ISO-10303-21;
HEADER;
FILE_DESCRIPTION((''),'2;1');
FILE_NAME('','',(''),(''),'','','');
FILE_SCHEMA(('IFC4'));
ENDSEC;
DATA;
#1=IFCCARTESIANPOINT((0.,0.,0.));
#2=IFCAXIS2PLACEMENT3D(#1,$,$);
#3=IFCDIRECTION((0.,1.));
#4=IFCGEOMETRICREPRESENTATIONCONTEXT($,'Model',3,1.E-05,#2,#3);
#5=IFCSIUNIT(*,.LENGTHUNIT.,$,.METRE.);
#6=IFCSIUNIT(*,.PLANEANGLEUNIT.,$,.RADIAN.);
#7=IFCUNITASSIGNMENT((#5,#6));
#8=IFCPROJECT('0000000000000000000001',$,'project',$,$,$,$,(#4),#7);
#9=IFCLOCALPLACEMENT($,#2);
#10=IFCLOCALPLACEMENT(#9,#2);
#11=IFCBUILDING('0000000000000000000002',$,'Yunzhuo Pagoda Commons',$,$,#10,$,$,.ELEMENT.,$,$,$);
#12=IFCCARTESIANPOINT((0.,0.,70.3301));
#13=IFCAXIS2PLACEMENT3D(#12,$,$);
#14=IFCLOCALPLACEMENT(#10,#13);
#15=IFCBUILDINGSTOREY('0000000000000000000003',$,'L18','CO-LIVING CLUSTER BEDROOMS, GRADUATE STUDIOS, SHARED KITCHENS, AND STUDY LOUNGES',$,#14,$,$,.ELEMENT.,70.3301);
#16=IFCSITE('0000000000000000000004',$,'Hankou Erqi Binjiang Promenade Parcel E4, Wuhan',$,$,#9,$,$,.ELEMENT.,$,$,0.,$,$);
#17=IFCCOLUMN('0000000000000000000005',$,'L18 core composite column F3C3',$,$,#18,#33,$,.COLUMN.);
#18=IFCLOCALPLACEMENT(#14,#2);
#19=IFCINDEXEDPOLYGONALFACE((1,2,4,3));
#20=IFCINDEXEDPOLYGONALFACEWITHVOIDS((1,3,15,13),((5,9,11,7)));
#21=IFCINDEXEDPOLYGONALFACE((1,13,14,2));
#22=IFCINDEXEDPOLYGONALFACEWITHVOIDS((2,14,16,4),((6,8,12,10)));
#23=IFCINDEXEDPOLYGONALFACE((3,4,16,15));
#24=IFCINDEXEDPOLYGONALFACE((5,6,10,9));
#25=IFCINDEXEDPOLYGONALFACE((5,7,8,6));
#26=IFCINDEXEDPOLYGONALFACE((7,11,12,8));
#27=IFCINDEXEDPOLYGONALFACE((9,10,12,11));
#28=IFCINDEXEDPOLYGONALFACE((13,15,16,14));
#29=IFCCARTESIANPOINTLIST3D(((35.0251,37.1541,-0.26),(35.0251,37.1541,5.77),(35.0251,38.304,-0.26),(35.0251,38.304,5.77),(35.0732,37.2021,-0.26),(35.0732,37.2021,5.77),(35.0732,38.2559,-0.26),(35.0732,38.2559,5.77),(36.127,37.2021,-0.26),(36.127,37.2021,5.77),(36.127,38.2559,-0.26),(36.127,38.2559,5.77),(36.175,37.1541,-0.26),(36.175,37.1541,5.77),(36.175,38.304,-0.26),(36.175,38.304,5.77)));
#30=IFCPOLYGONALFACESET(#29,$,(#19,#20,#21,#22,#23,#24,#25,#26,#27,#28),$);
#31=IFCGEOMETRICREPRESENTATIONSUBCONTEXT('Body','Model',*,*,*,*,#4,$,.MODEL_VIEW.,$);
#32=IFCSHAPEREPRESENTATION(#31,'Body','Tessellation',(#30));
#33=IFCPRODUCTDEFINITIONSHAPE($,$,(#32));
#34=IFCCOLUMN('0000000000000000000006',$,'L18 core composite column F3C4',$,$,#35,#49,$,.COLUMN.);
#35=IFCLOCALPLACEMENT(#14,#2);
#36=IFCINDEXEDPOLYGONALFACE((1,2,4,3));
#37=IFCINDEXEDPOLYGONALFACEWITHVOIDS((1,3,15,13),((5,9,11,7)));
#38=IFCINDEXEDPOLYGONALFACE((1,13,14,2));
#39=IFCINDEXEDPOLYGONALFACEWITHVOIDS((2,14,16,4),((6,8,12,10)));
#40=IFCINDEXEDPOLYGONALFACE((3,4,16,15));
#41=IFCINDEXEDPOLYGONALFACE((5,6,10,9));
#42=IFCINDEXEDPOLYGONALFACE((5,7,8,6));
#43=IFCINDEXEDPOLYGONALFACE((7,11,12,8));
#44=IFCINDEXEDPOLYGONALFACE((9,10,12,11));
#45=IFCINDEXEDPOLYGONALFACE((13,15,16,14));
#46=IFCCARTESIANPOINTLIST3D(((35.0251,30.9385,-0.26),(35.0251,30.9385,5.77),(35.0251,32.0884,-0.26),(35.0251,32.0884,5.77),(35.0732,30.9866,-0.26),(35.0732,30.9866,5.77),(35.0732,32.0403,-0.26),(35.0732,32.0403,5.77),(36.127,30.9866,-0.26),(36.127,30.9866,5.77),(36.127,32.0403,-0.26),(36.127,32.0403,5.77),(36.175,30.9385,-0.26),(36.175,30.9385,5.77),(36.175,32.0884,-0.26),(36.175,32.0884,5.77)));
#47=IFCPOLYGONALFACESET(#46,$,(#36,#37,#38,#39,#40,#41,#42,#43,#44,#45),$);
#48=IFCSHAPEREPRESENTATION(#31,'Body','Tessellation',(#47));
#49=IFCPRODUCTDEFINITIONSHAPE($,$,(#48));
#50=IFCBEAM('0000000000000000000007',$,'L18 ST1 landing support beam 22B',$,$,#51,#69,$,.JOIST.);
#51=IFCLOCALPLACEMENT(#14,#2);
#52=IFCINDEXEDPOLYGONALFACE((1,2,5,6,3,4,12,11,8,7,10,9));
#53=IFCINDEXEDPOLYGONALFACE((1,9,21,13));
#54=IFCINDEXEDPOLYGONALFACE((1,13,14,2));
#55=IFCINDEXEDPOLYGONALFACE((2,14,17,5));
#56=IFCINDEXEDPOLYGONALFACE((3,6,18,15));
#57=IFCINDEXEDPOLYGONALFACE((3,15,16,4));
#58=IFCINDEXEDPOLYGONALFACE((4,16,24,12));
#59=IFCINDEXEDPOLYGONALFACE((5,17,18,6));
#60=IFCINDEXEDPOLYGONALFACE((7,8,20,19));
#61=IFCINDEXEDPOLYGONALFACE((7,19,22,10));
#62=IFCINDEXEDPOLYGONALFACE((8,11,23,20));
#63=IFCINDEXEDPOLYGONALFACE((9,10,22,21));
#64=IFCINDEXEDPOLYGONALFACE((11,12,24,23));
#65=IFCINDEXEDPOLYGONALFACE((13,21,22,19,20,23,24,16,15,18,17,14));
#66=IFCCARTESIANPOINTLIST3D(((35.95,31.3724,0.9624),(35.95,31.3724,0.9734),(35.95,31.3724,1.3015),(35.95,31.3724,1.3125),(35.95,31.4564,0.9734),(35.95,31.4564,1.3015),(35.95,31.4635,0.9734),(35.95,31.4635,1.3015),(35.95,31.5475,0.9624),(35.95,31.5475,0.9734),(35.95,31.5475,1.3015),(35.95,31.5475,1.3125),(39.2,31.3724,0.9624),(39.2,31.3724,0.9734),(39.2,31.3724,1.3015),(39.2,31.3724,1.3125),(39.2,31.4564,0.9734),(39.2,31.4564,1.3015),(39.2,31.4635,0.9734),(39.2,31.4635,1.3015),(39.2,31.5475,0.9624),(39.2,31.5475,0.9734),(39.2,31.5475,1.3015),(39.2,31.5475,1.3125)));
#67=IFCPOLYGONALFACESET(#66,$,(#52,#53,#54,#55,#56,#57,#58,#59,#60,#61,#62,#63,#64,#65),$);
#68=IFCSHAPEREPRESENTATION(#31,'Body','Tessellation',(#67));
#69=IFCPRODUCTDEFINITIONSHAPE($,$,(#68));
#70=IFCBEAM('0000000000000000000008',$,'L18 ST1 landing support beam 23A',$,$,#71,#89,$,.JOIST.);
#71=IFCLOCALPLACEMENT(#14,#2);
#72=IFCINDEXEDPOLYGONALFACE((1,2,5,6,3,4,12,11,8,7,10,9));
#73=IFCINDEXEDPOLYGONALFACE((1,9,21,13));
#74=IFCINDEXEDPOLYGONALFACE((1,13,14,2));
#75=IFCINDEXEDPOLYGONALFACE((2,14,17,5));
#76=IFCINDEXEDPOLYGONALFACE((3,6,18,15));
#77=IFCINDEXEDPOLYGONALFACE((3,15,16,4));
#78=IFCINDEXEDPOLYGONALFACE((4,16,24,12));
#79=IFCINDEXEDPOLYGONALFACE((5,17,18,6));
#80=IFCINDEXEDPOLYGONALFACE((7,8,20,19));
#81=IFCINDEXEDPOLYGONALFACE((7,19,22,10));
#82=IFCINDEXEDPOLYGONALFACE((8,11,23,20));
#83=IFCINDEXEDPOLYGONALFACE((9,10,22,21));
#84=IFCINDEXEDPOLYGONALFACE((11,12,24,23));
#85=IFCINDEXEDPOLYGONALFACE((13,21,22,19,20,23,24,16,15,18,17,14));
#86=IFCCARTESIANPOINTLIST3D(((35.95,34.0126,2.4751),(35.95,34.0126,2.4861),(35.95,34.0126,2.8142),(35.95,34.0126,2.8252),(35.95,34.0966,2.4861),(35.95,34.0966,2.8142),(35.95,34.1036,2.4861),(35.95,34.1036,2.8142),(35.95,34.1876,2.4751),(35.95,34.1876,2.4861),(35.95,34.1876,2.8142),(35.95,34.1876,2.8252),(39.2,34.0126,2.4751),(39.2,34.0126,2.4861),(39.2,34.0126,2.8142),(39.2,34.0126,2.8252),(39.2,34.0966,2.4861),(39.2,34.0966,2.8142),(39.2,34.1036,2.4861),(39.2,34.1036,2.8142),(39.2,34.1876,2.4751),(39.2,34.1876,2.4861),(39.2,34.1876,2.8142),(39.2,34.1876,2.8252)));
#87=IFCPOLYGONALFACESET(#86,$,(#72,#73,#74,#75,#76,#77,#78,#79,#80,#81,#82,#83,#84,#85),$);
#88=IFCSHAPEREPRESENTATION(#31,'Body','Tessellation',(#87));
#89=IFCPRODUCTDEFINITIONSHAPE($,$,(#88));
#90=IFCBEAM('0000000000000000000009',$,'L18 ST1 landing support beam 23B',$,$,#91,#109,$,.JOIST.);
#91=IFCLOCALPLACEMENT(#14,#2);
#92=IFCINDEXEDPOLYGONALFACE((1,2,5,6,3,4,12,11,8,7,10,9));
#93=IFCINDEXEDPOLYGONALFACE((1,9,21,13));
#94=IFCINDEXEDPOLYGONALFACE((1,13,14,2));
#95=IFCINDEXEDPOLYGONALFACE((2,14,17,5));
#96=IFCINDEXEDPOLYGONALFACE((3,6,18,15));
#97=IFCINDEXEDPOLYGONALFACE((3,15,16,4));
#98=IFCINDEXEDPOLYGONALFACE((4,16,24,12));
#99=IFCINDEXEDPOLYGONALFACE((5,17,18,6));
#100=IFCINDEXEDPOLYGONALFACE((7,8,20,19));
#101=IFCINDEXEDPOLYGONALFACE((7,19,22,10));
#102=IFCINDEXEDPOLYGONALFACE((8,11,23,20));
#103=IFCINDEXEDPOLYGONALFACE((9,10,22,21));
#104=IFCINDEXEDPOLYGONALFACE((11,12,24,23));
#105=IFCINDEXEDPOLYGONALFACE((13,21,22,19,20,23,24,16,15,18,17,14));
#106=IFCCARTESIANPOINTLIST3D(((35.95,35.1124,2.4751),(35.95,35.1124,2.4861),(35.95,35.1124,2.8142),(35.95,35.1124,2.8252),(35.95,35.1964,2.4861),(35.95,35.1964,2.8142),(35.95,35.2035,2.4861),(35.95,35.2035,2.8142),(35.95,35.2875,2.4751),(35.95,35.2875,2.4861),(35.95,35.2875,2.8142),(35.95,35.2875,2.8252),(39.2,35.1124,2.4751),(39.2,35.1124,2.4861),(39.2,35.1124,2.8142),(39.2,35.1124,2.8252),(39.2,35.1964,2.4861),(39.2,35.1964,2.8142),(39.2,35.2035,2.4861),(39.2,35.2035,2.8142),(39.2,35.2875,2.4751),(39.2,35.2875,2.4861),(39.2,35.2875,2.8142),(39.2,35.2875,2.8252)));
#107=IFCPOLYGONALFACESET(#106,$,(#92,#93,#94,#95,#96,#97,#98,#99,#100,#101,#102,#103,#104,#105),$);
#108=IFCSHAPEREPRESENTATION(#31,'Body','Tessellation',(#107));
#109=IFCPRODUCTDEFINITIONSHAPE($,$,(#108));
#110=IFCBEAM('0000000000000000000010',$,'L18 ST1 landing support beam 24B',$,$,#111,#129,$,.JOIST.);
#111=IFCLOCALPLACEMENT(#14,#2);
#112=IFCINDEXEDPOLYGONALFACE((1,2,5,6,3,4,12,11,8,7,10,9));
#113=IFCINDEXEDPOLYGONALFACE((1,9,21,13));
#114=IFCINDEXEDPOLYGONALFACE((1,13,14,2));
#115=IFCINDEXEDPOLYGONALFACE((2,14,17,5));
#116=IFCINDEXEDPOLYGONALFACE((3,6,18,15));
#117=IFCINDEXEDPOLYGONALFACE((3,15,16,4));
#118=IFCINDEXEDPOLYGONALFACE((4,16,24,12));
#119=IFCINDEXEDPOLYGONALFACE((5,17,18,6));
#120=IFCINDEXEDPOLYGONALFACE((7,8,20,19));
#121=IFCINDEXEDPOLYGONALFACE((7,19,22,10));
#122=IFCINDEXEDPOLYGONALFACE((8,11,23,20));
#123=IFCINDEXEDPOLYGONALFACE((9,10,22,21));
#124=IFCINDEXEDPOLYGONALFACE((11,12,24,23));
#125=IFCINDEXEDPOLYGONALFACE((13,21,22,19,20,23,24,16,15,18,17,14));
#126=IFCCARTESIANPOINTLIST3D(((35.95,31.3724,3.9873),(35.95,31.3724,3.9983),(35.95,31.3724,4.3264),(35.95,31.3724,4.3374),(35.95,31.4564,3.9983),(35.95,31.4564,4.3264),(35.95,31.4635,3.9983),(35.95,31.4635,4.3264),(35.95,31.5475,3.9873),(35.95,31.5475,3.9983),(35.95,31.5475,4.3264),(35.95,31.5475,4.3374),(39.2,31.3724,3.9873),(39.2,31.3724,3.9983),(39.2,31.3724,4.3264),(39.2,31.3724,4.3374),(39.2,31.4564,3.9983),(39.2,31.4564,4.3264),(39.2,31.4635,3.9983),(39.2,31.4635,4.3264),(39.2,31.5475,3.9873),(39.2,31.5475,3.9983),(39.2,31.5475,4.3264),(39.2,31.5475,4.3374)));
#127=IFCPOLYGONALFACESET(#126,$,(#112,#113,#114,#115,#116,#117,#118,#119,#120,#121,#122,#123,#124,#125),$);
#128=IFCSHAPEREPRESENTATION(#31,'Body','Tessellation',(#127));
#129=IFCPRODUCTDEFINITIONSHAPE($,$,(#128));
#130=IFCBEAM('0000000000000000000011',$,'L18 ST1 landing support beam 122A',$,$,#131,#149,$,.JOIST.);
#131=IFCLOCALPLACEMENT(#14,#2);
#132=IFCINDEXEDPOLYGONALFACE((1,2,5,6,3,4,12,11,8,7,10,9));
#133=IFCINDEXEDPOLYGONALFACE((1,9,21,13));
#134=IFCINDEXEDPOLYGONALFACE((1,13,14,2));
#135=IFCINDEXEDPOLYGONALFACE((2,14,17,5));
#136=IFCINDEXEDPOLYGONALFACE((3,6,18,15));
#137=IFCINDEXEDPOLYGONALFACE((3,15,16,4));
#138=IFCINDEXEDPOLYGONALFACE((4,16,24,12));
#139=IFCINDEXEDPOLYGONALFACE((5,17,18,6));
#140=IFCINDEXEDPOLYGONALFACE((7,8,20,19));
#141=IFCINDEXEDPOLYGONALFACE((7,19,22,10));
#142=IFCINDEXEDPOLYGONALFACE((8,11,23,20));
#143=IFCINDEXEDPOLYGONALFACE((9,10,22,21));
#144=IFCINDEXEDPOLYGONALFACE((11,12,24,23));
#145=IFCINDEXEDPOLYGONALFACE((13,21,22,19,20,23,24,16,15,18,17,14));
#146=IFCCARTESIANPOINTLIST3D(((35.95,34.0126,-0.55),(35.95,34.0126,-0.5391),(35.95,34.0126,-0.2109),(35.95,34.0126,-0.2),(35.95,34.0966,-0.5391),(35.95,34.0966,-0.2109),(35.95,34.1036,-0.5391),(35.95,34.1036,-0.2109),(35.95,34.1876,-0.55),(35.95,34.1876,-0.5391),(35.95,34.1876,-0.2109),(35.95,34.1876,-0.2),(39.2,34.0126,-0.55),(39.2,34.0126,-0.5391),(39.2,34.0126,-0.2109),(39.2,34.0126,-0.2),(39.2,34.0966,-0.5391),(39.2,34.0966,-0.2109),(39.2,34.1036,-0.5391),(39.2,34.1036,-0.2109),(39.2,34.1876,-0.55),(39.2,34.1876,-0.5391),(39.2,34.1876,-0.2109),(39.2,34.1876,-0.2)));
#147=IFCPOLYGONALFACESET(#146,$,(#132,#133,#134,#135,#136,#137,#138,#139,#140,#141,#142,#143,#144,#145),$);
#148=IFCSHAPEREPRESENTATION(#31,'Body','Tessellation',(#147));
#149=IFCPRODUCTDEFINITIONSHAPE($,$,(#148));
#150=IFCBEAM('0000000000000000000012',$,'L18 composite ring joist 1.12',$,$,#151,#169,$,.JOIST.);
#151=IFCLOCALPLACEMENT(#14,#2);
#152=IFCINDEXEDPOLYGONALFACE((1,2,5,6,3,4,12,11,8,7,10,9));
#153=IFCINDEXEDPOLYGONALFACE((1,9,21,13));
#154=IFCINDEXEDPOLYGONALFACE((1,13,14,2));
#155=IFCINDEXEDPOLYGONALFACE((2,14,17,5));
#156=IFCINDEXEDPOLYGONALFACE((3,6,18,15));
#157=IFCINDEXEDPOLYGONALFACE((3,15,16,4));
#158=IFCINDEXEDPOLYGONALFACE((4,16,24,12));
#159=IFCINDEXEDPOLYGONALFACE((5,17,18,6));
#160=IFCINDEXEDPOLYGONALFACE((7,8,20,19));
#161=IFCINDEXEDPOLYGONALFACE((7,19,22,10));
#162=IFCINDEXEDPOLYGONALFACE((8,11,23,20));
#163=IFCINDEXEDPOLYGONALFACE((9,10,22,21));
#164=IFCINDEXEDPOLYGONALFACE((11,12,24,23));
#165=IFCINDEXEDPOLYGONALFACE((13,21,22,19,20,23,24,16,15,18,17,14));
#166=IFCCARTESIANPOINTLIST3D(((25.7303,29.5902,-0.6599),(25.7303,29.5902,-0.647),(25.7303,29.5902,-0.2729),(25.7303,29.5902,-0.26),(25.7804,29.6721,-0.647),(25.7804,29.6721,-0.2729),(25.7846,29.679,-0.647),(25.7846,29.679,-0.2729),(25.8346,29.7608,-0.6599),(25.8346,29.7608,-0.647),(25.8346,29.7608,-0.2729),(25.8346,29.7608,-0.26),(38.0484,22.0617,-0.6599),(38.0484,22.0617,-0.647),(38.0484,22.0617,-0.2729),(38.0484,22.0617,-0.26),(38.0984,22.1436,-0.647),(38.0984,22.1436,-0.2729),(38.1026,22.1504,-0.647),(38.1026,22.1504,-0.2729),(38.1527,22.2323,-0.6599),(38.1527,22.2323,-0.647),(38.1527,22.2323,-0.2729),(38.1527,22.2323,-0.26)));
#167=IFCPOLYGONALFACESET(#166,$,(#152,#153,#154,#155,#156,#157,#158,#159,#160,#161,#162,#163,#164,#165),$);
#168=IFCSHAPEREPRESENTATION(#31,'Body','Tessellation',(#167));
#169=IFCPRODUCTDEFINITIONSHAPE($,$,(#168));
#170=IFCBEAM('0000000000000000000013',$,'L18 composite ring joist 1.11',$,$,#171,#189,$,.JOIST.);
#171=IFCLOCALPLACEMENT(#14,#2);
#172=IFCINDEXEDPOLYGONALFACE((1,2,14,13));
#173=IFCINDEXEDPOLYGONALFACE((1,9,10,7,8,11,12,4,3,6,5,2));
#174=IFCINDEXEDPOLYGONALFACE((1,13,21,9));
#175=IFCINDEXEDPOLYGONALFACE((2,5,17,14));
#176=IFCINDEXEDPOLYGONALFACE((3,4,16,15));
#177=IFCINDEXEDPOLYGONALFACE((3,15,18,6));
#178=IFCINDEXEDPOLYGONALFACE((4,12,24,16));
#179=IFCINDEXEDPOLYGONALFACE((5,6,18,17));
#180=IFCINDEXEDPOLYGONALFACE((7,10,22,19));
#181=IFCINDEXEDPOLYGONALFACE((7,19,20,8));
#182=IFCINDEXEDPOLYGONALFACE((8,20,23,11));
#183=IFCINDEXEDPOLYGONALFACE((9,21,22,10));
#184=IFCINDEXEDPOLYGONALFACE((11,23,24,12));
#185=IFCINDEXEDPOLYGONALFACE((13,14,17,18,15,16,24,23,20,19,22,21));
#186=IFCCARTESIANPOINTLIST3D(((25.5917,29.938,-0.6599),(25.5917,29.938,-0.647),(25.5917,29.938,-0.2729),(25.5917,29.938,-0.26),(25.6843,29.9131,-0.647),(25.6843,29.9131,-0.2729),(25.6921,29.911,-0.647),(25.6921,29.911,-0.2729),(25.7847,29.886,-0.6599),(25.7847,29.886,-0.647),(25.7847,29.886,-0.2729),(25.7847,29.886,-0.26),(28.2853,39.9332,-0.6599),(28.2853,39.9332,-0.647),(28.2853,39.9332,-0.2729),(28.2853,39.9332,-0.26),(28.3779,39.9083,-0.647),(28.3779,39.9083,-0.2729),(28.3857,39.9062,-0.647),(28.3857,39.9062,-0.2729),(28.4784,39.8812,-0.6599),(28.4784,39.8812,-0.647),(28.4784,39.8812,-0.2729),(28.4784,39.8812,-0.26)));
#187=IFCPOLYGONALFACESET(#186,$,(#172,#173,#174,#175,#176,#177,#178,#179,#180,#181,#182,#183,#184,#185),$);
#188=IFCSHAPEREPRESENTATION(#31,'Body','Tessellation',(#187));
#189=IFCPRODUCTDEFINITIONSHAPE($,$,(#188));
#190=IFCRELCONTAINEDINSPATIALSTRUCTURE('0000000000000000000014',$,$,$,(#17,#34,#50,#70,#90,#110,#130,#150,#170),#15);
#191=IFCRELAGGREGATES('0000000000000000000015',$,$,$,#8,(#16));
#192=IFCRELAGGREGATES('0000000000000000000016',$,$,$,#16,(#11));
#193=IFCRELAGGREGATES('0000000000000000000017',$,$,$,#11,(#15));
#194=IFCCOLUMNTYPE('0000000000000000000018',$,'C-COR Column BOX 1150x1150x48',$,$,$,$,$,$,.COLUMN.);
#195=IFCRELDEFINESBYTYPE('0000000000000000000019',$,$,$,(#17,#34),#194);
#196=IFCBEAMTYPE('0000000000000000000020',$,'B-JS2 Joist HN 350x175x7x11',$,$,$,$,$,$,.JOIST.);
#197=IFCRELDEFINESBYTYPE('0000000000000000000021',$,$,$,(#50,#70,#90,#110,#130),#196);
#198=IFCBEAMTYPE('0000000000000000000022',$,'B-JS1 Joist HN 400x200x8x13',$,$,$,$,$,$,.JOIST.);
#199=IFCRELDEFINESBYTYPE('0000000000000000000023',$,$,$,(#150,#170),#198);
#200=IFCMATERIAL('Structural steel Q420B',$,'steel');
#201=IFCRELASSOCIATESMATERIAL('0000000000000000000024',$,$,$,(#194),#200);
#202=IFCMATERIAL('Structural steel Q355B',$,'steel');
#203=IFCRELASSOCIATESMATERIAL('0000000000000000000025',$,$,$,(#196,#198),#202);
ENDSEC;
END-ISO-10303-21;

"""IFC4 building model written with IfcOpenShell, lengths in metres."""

from ifc_helpers import new_model, si_unit, direction, frame, origin, origin_2d, place, context, subcontext, project, spatial, hollow_rectangle, i_section, extrude, source, transform, mapped, material, material_profile, profile_set, type_object, element, save


model = new_model("IFC4")

# Units and contexts
model_context = context("Model", 3, precision=1e-05, world=origin(), true_north=direction((0.0, 1.0)))
body_context = subcontext(model_context, "Body", "Model", "MODEL_VIEW")
ifc_project = project(units=[si_unit("LENGTHUNIT", "METRE"), si_unit("PLANEANGLEUNIT", "RADIAN")], contexts=[model_context])

# Site, building, storey
site_placement = place(None, origin())
site = spatial("IfcSite", under=ifc_project, at=site_placement, Name="Hankou Erqi Binjiang Promenade Parcel E4, Wuhan", CompositionType="ELEMENT", RefElevation=0.0)
building_placement = place(site_placement, origin())
building = spatial("IfcBuilding", under=site, at=building_placement, Name="Yunzhuo Pagoda Commons", CompositionType="ELEMENT")
storey_placement = place(building_placement, frame((0.0, 0.0, 70.3301)))
storey = spatial("IfcBuildingStorey", under=building, at=storey_placement, Name="L18", Description="CO-LIVING CLUSTER BEDROOMS, GRADUATE STUDIOS, SHARED KITCHENS, AND STUDY LOUNGES", CompositionType="ELEMENT", Elevation=70.3301)

# Columns
ifc_material_1 = material(Name="Structural steel Q420B", Category="steel")
ifc_material_profile_1 = material_profile(ifc_material_1, hollow_rectangle(XDim=1.1499, YDim=1.1499, WallThickness=0.0481, at=origin_2d()), Name="Structural steel Q420B")
ifc_profile_set_1 = profile_set([ifc_material_profile_1], Name="Structural steel Q420B")
column_type = type_object("IfcColumnType", Name="C-COR Column BOX 1150x1150x48", PredefinedType="COLUMN", material=ifc_profile_set_1)
shared_shape_1 = source(origin(), body_context, "Body", "SweptSolid", [
    extrude(hollow_rectangle(XDim=1.1499, YDim=1.1499, WallThickness=0.0481, at=origin_2d()), origin(), (0.0, 0.0, 1.0), 6.03),
])
for number, where, z_axis, x_axis, name in (
    (1, (35.6001, 37.729, -0.26), (0.0, 0.0, 1.0), (1.0, 0.0, 0.0), "L18 core composite column F3C3"),
    (2, (35.6001, 31.5134, -0.26), (0.0, 0.0, 1.0), (1.0, 0.0, 0.0), "L18 core composite column F3C4"),
):
    element("IfcColumn", number, at=place(storey_placement, frame(where, z_axis=z_axis, x_axis=x_axis)), inside=storey, type_object=column_type, Name=name, PredefinedType="COLUMN", context=body_context, shape_type="MappedRepresentation", body=[
        mapped(shared_shape_1, transform((0.0, 0.0, 0.0), scale=1.0)),
    ])

# Beams
ifc_material_2 = material(Name="Structural steel Q355B", Category="steel")
ifc_material_profile_2 = material_profile(ifc_material_2, i_section(OverallWidth=0.175, OverallDepth=0.3501, WebThickness=0.0071, FlangeThickness=0.011, at=origin_2d()), Name="Structural steel Q355B")
ifc_profile_set_2 = profile_set([ifc_material_profile_2], Name="Structural steel Q355B")
beam_type_1 = type_object("IfcBeamType", Name="B-JS2 Joist HN 350x175x7x11", PredefinedType="JOIST", material=ifc_profile_set_2)
shared_shape_2 = source(origin(), body_context, "Body", "SweptSolid", [
    extrude(i_section(OverallWidth=0.175, OverallDepth=0.3501, WebThickness=0.0071, FlangeThickness=0.011, at=origin_2d()), origin(), (0.0, 0.0, 1.0), 3.25),
])
for number, where, z_axis, x_axis, name in (
    (3, (35.95, 31.46, 1.1375), (1.0, 0.0, 0.0), (0.0, 1.0, 0.0), "L18 ST1 landing support beam 22B"),
    (4, (35.95, 34.1001, 2.6501), (1.0, 0.0, 0.0), (0.0, 1.0, 0.0), "L18 ST1 landing support beam 23A"),
    (5, (35.95, 35.2, 2.6501), (1.0, 0.0, 0.0), (0.0, 1.0, 0.0), "L18 ST1 landing support beam 23B"),
    (6, (35.95, 31.46, 4.1624), (1.0, 0.0, 0.0), (0.0, 1.0, 0.0), "L18 ST1 landing support beam 24B"),
    (7, (35.95, 34.1001, -0.375), (1.0, 0.0, 0.0), (0.0, 1.0, 0.0), "L18 ST1 landing support beam 122A"),
):
    element("IfcBeam", number, at=place(storey_placement, frame(where, z_axis=z_axis, x_axis=x_axis)), inside=storey, type_object=beam_type_1, Name=name, PredefinedType="JOIST", context=body_context, shape_type="MappedRepresentation", body=[
        mapped(shared_shape_2, transform((0.0, 0.0, 0.0), scale=1.0)),
    ])
ifc_material_profile_3 = material_profile(ifc_material_2, i_section(OverallWidth=0.2, OverallDepth=0.3999, WebThickness=0.0081, FlangeThickness=0.0129, at=origin_2d()), Name="Structural steel Q355B")
ifc_profile_set_3 = profile_set([ifc_material_profile_3], Name="Structural steel Q355B")
beam_type_2 = type_object("IfcBeamType", Name="B-JS1 Joist HN 400x200x8x13", PredefinedType="JOIST", material=ifc_profile_set_3)
shared_shape_3 = source(origin(), body_context, "Body", "SweptSolid", [
    extrude(i_section(OverallWidth=0.2, OverallDepth=0.3999, WebThickness=0.0081, FlangeThickness=0.0129, at=origin_2d()), origin(), (0.0, 0.0, 1.0), 14.4365),
])
beam_1_placement = place(storey_placement, frame((25.7825, 29.6755, -0.46), z_axis=(0.853256, -0.521492, 0.0), x_axis=(0.521492, 0.853256, 0.0)))
element("IfcBeam", 8, at=beam_1_placement, inside=storey, type_object=beam_type_2, Name="L18 composite ring joist 1.12", PredefinedType="JOIST", context=body_context, shape_type="MappedRepresentation", body=[
    mapped(shared_shape_3, transform((0.0, 0.0, 0.0), scale=1.0)),
])
shared_shape_4 = source(origin(), body_context, "Body", "SweptSolid", [
    extrude(i_section(OverallWidth=0.2, OverallDepth=0.3999, WebThickness=0.0081, FlangeThickness=0.0129, at=origin_2d()), origin(), (0.0, 0.0, 1.0), 10.3518),
])
beam_2_placement = place(storey_placement, frame((28.3818, 39.9072, -0.46), z_axis=(-0.260209, -0.965552, 0.0), x_axis=(0.965552, -0.260209, 0.0)))
element("IfcBeam", 9, at=beam_2_placement, inside=storey, type_object=beam_type_2, Name="L18 composite ring joist 1.11", PredefinedType="JOIST", context=body_context, shape_type="MappedRepresentation", body=[
    mapped(shared_shape_4, transform((0.0, 0.0, 0.0), scale=1.0)),
])

save(model, "model.ifc")
